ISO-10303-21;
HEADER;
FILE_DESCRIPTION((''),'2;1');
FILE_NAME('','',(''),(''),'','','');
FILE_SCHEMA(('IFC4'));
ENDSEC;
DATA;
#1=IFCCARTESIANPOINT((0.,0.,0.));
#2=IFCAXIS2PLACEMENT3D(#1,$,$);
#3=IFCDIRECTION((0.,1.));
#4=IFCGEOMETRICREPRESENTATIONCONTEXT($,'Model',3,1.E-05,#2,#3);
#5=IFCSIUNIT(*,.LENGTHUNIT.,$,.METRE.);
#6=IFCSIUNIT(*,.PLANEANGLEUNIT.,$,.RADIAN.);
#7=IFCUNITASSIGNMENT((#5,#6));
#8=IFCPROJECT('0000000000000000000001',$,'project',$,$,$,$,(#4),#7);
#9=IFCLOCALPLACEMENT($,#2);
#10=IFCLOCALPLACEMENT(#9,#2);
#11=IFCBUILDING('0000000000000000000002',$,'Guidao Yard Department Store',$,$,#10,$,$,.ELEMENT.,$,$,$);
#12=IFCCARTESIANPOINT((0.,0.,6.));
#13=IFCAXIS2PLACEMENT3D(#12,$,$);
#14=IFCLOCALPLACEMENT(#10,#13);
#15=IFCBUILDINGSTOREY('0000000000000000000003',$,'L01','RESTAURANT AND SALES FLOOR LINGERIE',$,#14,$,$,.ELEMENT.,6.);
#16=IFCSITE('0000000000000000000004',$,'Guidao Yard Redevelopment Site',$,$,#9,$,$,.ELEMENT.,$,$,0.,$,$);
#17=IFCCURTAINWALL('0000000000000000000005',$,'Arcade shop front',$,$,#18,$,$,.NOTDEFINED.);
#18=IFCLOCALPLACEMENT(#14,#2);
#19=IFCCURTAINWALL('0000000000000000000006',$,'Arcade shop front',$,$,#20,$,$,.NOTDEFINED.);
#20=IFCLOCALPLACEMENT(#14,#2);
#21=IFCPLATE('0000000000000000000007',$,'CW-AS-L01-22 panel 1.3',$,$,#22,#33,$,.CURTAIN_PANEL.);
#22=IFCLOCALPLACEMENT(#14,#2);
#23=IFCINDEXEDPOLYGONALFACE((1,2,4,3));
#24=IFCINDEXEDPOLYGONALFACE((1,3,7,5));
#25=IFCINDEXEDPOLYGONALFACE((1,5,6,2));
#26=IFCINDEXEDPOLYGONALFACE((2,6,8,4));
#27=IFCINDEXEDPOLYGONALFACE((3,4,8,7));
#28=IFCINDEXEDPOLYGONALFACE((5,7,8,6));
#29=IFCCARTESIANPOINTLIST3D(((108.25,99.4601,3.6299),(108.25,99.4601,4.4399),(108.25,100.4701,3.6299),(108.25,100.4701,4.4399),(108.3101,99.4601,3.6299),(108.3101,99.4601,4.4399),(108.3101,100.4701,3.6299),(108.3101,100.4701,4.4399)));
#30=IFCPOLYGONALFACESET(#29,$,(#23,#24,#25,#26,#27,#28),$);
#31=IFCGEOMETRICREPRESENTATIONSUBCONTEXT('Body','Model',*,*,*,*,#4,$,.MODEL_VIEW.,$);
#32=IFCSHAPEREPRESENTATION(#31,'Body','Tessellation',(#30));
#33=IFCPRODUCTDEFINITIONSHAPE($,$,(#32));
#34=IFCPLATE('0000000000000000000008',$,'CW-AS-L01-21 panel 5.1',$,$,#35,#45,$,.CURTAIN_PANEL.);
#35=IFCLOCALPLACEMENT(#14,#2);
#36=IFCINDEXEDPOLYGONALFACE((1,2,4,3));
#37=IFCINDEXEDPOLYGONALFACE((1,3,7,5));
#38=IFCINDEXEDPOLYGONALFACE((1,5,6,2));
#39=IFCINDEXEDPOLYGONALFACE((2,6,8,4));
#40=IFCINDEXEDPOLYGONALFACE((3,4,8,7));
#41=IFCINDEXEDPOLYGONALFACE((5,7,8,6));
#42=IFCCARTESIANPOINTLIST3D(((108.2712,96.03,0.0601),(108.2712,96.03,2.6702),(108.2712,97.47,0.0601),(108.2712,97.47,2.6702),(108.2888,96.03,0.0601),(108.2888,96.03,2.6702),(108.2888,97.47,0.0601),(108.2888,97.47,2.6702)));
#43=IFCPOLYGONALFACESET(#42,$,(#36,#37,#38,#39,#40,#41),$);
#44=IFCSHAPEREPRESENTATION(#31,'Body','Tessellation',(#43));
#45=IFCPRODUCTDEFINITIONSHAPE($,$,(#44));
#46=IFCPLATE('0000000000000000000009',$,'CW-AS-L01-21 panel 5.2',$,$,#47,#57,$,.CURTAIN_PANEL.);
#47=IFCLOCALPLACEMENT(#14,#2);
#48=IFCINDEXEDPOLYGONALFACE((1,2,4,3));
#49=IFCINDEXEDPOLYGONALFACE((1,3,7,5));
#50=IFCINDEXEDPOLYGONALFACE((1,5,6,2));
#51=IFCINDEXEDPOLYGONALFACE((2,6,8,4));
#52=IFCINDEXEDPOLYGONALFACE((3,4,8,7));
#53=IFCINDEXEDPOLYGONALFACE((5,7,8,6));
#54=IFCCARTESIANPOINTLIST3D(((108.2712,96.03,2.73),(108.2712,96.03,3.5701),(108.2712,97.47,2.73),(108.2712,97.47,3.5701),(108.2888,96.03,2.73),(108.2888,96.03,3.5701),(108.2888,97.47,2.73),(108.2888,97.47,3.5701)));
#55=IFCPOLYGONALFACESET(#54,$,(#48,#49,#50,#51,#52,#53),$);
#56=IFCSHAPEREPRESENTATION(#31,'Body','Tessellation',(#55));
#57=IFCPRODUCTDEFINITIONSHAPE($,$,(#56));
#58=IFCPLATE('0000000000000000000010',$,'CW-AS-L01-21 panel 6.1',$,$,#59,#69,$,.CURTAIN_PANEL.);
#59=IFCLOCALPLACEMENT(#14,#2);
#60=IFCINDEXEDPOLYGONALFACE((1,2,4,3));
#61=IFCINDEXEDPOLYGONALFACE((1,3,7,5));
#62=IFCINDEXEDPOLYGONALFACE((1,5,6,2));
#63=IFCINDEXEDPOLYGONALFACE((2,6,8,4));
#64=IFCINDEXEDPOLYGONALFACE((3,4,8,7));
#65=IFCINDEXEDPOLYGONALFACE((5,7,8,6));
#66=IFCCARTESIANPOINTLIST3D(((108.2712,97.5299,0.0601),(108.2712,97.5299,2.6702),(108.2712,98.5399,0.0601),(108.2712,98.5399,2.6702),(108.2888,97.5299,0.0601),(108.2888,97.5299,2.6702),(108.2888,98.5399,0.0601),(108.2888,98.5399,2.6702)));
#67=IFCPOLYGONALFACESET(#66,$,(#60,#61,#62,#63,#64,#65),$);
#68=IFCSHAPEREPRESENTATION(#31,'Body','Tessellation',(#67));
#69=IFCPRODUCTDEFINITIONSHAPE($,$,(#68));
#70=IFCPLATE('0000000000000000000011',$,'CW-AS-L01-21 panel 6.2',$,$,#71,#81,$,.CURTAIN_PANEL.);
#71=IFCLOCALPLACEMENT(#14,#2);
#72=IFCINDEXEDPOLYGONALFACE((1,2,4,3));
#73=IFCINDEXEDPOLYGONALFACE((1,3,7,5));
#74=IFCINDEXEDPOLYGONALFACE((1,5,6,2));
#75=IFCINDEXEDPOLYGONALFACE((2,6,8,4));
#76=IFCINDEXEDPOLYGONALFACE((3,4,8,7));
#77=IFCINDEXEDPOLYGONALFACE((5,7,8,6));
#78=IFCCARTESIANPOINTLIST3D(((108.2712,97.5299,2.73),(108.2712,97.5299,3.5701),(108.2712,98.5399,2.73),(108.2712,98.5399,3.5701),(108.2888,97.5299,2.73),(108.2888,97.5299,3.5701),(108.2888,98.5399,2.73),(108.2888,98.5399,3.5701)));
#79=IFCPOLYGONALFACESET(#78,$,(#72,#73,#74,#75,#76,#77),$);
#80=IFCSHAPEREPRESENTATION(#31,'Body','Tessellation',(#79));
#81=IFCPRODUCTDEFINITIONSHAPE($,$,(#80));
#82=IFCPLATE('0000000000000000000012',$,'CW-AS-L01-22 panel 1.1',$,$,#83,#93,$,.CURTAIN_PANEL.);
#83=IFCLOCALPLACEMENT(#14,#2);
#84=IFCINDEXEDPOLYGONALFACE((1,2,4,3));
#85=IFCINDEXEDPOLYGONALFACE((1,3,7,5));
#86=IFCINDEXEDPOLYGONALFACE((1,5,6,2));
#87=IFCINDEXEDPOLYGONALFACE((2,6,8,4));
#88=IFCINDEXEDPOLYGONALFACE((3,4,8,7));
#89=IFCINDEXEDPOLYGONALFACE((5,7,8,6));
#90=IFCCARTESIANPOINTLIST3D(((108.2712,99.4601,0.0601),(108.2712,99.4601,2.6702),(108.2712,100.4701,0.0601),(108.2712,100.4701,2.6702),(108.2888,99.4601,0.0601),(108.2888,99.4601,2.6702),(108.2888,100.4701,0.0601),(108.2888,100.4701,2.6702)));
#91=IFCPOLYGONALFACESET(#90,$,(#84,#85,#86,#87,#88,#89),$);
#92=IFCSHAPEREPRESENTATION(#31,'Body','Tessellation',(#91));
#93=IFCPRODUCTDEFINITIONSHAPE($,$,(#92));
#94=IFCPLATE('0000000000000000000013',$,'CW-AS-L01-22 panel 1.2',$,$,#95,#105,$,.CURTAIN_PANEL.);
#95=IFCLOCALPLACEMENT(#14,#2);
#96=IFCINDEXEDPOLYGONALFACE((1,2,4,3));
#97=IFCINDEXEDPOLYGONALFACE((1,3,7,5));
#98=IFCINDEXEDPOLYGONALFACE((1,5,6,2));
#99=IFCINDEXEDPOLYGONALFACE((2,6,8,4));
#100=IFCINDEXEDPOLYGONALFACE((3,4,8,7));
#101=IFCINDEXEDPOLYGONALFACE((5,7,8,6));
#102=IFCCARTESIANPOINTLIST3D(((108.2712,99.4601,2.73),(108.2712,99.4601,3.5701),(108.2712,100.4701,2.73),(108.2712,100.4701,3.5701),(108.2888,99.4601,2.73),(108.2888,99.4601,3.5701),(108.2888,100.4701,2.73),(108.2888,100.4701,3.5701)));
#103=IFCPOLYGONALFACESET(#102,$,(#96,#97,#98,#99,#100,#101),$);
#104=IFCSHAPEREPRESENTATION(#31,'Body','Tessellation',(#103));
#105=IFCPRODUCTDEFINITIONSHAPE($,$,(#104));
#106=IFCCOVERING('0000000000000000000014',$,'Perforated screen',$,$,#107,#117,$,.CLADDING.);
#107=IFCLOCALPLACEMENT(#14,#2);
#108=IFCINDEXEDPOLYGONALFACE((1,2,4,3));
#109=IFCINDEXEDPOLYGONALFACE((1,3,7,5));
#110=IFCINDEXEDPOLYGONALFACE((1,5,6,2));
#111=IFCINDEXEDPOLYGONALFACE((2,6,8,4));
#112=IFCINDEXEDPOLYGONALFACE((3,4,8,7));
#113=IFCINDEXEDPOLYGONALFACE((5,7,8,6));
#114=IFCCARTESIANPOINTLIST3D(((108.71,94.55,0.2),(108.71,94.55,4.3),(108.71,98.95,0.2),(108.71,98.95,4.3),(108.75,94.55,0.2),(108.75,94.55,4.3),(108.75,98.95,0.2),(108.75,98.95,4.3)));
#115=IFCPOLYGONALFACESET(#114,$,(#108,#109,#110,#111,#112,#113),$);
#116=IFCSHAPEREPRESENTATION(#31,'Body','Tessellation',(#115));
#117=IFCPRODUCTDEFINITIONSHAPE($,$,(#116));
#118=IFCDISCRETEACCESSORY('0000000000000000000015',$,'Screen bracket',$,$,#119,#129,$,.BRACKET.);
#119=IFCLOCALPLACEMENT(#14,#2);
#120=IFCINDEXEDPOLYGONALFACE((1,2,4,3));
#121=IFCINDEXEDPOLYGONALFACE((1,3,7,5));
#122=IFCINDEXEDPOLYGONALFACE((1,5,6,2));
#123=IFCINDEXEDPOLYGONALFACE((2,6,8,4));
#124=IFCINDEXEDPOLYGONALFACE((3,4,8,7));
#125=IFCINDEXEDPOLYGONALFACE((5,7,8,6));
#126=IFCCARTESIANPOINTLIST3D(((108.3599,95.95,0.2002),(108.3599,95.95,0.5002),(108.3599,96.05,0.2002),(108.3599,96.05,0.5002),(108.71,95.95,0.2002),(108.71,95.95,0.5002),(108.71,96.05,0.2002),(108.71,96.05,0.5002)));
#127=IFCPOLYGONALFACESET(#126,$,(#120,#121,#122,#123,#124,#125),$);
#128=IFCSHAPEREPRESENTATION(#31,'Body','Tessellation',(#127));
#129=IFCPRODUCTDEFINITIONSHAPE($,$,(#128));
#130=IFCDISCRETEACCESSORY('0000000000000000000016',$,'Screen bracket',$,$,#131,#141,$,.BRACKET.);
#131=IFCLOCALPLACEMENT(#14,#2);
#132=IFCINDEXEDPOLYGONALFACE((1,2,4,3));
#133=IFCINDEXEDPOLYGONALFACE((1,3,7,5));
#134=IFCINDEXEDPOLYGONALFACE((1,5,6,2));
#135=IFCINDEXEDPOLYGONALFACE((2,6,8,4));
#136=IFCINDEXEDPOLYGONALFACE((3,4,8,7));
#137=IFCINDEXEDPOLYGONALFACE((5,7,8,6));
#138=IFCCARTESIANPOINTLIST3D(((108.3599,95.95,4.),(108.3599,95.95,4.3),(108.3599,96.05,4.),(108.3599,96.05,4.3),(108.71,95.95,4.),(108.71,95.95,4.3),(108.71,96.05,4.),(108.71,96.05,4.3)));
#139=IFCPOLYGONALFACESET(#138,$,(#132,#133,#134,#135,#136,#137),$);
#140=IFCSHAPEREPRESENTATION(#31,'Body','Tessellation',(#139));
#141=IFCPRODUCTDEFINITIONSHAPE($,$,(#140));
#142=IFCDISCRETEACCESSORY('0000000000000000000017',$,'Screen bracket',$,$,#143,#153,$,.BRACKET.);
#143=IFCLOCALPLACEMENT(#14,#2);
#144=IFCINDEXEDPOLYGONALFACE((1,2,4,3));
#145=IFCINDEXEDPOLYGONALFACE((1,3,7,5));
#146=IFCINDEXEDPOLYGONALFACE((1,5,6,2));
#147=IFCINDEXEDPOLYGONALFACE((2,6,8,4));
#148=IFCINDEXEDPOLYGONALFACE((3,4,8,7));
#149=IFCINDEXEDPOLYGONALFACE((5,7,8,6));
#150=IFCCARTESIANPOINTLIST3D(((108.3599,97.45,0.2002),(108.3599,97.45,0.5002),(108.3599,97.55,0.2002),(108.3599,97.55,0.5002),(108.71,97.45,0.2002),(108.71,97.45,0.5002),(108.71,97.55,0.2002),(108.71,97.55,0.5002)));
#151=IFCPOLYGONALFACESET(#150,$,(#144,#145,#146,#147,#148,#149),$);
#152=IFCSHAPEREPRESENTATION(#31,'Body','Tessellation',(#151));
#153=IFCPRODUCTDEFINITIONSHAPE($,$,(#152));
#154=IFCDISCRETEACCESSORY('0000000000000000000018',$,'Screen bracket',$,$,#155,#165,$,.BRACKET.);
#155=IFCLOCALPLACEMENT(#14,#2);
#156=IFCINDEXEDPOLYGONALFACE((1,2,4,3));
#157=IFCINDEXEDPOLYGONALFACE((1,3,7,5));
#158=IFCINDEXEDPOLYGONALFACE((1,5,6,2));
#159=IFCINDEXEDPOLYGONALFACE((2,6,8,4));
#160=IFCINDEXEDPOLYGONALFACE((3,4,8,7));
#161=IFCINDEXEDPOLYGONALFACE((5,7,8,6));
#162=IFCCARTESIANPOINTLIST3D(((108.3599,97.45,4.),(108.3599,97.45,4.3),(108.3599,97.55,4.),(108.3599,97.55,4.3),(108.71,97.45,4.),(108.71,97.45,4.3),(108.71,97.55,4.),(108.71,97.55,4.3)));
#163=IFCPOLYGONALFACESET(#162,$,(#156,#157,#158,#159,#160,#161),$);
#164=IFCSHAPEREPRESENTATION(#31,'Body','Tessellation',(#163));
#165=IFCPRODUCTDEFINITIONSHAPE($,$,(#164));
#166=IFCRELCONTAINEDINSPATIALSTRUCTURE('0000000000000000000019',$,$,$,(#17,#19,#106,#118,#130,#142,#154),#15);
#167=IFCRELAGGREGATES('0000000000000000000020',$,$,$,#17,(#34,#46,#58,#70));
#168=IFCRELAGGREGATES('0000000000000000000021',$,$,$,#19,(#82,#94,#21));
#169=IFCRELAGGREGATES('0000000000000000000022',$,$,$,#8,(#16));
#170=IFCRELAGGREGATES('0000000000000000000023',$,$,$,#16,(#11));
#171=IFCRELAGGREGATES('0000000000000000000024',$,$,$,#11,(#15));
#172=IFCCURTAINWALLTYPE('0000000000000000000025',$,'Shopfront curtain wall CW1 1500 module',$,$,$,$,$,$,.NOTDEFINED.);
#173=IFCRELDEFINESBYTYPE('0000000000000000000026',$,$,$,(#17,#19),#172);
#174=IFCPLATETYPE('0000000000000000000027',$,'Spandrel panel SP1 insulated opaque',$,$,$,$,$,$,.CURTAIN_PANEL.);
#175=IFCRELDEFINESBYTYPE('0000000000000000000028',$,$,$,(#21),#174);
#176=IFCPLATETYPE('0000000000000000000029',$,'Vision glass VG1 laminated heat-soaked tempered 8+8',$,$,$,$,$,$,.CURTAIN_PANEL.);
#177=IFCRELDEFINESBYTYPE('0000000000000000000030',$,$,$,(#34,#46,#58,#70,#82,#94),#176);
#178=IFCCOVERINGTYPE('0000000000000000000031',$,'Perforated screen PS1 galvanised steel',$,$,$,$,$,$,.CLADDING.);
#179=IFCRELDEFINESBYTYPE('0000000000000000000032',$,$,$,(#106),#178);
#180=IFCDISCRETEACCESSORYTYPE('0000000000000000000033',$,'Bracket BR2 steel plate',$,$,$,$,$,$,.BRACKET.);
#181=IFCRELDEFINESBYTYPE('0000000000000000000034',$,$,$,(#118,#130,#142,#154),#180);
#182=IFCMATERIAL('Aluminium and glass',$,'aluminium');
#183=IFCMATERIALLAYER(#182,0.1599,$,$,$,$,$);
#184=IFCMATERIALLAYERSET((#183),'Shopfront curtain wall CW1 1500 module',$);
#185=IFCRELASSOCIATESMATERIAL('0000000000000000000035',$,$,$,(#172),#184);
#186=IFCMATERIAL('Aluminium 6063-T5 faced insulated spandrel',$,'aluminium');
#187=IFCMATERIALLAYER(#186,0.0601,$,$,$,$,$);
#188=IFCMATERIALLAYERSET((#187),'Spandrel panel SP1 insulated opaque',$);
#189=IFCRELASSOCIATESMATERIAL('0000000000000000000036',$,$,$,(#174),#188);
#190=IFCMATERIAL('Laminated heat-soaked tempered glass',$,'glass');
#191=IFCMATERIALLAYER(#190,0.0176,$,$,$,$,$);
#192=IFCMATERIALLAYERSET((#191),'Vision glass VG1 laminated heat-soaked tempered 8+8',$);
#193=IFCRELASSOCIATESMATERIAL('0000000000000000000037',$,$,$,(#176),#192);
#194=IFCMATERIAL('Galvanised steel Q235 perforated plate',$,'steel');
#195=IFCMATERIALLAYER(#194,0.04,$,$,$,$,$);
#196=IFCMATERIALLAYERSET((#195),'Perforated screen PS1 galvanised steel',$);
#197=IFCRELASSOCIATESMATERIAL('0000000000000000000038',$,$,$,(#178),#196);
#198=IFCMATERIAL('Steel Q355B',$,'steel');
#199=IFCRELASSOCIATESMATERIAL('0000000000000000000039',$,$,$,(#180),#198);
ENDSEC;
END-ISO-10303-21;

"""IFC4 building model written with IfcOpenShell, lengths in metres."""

from ifc_helpers import new_model, si_unit, direction, frame, origin, origin_2d, place, context, subcontext, project, spatial, rectangle, extrude, material, layer, layer_set, type_object, element, aggregate, save


model = new_model("IFC4")

# Units and contexts
model_context = context("Model", 3, precision=1e-05, world=origin(), true_north=direction((0.0, 1.0)))
body_context = subcontext(model_context, "Body", "Model", "MODEL_VIEW")
ifc_project = project(units=[si_unit("LENGTHUNIT", "METRE"), si_unit("PLANEANGLEUNIT", "RADIAN")], contexts=[model_context])

# Site, building, storey
site_placement = place(None, origin())
site = spatial("IfcSite", under=ifc_project, at=site_placement, Name="Guidao Yard Redevelopment Site", CompositionType="ELEMENT", RefElevation=0.0)
building_placement = place(site_placement, origin())
building = spatial("IfcBuilding", under=site, at=building_placement, Name="Guidao Yard Department Store", CompositionType="ELEMENT")
storey_placement = place(building_placement, frame((0.0, 0.0, 6.0)))
storey = spatial("IfcBuildingStorey", under=building, at=storey_placement, Name="L01", Description="RESTAURANT AND SALES FLOOR LINGERIE", CompositionType="ELEMENT", Elevation=6.0)

# Curtain wall
ifc_material_1 = material(Name="Aluminium and glass", Category="aluminium")
ifc_layer_1 = layer(ifc_material_1, 0.1599)
ifc_layer_set_1 = layer_set([ifc_layer_1], Name="Shopfront curtain wall CW1 1500 module")
curtain_wall_type = type_object("IfcCurtainWallType", Name="Shopfront curtain wall CW1 1500 module", PredefinedType="NOTDEFINED", material=ifc_layer_set_1)
curtain_wall_1_placement = place(storey_placement, origin())
curtain_wall_1 = element("IfcCurtainWall", 1, at=curtain_wall_1_placement, inside=storey, type_object=curtain_wall_type, Name="Arcade shop front", PredefinedType="NOTDEFINED")

# Curtain wall
curtain_wall_2_placement = place(storey_placement, origin())
curtain_wall_2 = element("IfcCurtainWall", 2, at=curtain_wall_2_placement, inside=storey, type_object=curtain_wall_type, Name="Arcade shop front", PredefinedType="NOTDEFINED")

# Plates
ifc_material_2 = material(Name="Aluminium 6063-T5 faced insulated spandrel", Category="aluminium")
ifc_layer_2 = layer(ifc_material_2, 0.0601)
ifc_layer_set_2 = layer_set([ifc_layer_2], Name="Spandrel panel SP1 insulated opaque")
plate_type_1 = type_object("IfcPlateType", Name="Spandrel panel SP1 insulated opaque", PredefinedType="CURTAIN_PANEL", material=ifc_layer_set_2)
plate_1_placement = place(storey_placement, frame((108.28, 99.9651, 3.6299), z_axis=(0.0, 0.0, 1.0), x_axis=(0.0, -1.0, 0.0)))
plate_1 = element("IfcPlate", 3, at=plate_1_placement, type_object=plate_type_1, Name="CW-AS-L01-22 panel 1.3", PredefinedType="CURTAIN_PANEL", context=body_context, shape_type="SweptSolid", body=[
    extrude(rectangle(XDim=1.01, YDim=0.0601, at=origin_2d()), origin(), (0.0, 0.0, 1.0), 0.8101),
])
ifc_material_3 = material(Name="Laminated heat-soaked tempered glass", Category="glass")
ifc_layer_3 = layer(ifc_material_3, 0.0176)
ifc_layer_set_3 = layer_set([ifc_layer_3], Name="Vision glass VG1 laminated heat-soaked tempered 8+8")
plate_type_2 = type_object("IfcPlateType", Name="Vision glass VG1 laminated heat-soaked tempered 8+8", PredefinedType="CURTAIN_PANEL", material=ifc_layer_set_3)
plate_2_placement = place(storey_placement, frame((108.28, 96.75, 0.0601), z_axis=(0.0, 0.0, 1.0), x_axis=(0.0, -1.0, 0.0)))
plate_2 = element("IfcPlate", 4, at=plate_2_placement, type_object=plate_type_2, Name="CW-AS-L01-21 panel 5.1", PredefinedType="CURTAIN_PANEL", context=body_context, shape_type="SweptSolid", body=[
    extrude(rectangle(XDim=1.4399, YDim=0.0176, at=origin_2d()), origin(), (0.0, 0.0, 1.0), 2.6101),
])
plate_3_placement = place(storey_placement, frame((108.28, 96.75, 2.73), z_axis=(0.0, 0.0, 1.0), x_axis=(0.0, -1.0, 0.0)))
plate_3 = element("IfcPlate", 5, at=plate_3_placement, type_object=plate_type_2, Name="CW-AS-L01-21 panel 5.2", PredefinedType="CURTAIN_PANEL", context=body_context, shape_type="SweptSolid", body=[
    extrude(rectangle(XDim=1.4399, YDim=0.0176, at=origin_2d()), origin(), (0.0, 0.0, 1.0), 0.8401),
])
plate_4_placement = place(storey_placement, frame((108.28, 98.0349, 0.0601), z_axis=(0.0, 0.0, 1.0), x_axis=(0.0, -1.0, 0.0)))
plate_4 = element("IfcPlate", 6, at=plate_4_placement, type_object=plate_type_2, Name="CW-AS-L01-21 panel 6.1", PredefinedType="CURTAIN_PANEL", context=body_context, shape_type="SweptSolid", body=[
    extrude(rectangle(XDim=1.01, YDim=0.0176, at=origin_2d()), origin(), (0.0, 0.0, 1.0), 2.6101),
])
plate_5_placement = place(storey_placement, frame((108.28, 98.0349, 2.73), z_axis=(0.0, 0.0, 1.0), x_axis=(0.0, -1.0, 0.0)))
plate_5 = element("IfcPlate", 7, at=plate_5_placement, type_object=plate_type_2, Name="CW-AS-L01-21 panel 6.2", PredefinedType="CURTAIN_PANEL", context=body_context, shape_type="SweptSolid", body=[
    extrude(rectangle(XDim=1.01, YDim=0.0176, at=origin_2d()), origin(), (0.0, 0.0, 1.0), 0.8401),
])
aggregate(curtain_wall_1, [plate_2, plate_3, plate_4, plate_5])
plate_6_placement = place(storey_placement, frame((108.28, 99.9651, 0.0601), z_axis=(0.0, 0.0, 1.0), x_axis=(0.0, -1.0, 0.0)))
plate_6 = element("IfcPlate", 8, at=plate_6_placement, type_object=plate_type_2, Name="CW-AS-L01-22 panel 1.1", PredefinedType="CURTAIN_PANEL", context=body_context, shape_type="SweptSolid", body=[
    extrude(rectangle(XDim=1.01, YDim=0.0176, at=origin_2d()), origin(), (0.0, 0.0, 1.0), 2.6101),
])
plate_7_placement = place(storey_placement, frame((108.28, 99.9651, 2.73), z_axis=(0.0, 0.0, 1.0), x_axis=(0.0, -1.0, 0.0)))
plate_7 = element("IfcPlate", 9, at=plate_7_placement, type_object=plate_type_2, Name="CW-AS-L01-22 panel 1.2", PredefinedType="CURTAIN_PANEL", context=body_context, shape_type="SweptSolid", body=[
    extrude(rectangle(XDim=1.01, YDim=0.0176, at=origin_2d()), origin(), (0.0, 0.0, 1.0), 0.8401),
])
aggregate(curtain_wall_2, [plate_6, plate_7, plate_1])

# Covering
ifc_material_4 = material(Name="Galvanised steel Q235 perforated plate", Category="steel")
ifc_layer_4 = layer(ifc_material_4, 0.04)
ifc_layer_set_4 = layer_set([ifc_layer_4], Name="Perforated screen PS1 galvanised steel")
covering_type = type_object("IfcCoveringType", Name="Perforated screen PS1 galvanised steel", PredefinedType="CLADDING", material=ifc_layer_set_4)
covering_placement = place(storey_placement, frame((108.73, 96.75, 0.2), z_axis=(0.0, 0.0, 1.0), x_axis=(0.0, -1.0, 0.0)))
element("IfcCovering", 10, at=covering_placement, inside=storey, type_object=covering_type, Name="Perforated screen", PredefinedType="CLADDING", context=body_context, shape_type="SweptSolid", body=[
    extrude(rectangle(XDim=4.3999, YDim=0.04, at=origin_2d()), origin(), (0.0, 0.0, 1.0), 4.1001),
])

# Discrete accessories
ifc_material_5 = material(Name="Steel Q355B", Category="steel")
discrete_accessory_type = type_object("IfcDiscreteAccessoryType", Name="Bracket BR2 steel plate", PredefinedType="BRACKET", material=ifc_material_5)
for number, where, z_axis, x_axis, name in (
    (11, (108.5349, 96.0, 0.2002), (0.0, 0.0, 1.0), (0.0, -1.0, 0.0), "Screen bracket"),
    (12, (108.5349, 96.0, 4.0), (0.0, 0.0, 1.0), (0.0, -1.0, 0.0), "Screen bracket"),
    (13, (108.5349, 97.5, 0.2002), (0.0, 0.0, 1.0), (0.0, -1.0, 0.0), "Screen bracket"),
    (14, (108.5349, 97.5, 4.0), (0.0, 0.0, 1.0), (0.0, -1.0, 0.0), "Screen bracket"),
):
    element("IfcDiscreteAccessory", number, at=place(storey_placement, frame(where, z_axis=z_axis, x_axis=x_axis)), inside=storey, type_object=discrete_accessory_type, Name=name, PredefinedType="BRACKET", context=body_context, shape_type="SweptSolid", body=[
        extrude(rectangle(XDim=0.1001, YDim=0.3501, at=origin_2d()), origin(), (0.0, 0.0, 1.0), 0.3),
    ])

save(model, "model.ifc")
